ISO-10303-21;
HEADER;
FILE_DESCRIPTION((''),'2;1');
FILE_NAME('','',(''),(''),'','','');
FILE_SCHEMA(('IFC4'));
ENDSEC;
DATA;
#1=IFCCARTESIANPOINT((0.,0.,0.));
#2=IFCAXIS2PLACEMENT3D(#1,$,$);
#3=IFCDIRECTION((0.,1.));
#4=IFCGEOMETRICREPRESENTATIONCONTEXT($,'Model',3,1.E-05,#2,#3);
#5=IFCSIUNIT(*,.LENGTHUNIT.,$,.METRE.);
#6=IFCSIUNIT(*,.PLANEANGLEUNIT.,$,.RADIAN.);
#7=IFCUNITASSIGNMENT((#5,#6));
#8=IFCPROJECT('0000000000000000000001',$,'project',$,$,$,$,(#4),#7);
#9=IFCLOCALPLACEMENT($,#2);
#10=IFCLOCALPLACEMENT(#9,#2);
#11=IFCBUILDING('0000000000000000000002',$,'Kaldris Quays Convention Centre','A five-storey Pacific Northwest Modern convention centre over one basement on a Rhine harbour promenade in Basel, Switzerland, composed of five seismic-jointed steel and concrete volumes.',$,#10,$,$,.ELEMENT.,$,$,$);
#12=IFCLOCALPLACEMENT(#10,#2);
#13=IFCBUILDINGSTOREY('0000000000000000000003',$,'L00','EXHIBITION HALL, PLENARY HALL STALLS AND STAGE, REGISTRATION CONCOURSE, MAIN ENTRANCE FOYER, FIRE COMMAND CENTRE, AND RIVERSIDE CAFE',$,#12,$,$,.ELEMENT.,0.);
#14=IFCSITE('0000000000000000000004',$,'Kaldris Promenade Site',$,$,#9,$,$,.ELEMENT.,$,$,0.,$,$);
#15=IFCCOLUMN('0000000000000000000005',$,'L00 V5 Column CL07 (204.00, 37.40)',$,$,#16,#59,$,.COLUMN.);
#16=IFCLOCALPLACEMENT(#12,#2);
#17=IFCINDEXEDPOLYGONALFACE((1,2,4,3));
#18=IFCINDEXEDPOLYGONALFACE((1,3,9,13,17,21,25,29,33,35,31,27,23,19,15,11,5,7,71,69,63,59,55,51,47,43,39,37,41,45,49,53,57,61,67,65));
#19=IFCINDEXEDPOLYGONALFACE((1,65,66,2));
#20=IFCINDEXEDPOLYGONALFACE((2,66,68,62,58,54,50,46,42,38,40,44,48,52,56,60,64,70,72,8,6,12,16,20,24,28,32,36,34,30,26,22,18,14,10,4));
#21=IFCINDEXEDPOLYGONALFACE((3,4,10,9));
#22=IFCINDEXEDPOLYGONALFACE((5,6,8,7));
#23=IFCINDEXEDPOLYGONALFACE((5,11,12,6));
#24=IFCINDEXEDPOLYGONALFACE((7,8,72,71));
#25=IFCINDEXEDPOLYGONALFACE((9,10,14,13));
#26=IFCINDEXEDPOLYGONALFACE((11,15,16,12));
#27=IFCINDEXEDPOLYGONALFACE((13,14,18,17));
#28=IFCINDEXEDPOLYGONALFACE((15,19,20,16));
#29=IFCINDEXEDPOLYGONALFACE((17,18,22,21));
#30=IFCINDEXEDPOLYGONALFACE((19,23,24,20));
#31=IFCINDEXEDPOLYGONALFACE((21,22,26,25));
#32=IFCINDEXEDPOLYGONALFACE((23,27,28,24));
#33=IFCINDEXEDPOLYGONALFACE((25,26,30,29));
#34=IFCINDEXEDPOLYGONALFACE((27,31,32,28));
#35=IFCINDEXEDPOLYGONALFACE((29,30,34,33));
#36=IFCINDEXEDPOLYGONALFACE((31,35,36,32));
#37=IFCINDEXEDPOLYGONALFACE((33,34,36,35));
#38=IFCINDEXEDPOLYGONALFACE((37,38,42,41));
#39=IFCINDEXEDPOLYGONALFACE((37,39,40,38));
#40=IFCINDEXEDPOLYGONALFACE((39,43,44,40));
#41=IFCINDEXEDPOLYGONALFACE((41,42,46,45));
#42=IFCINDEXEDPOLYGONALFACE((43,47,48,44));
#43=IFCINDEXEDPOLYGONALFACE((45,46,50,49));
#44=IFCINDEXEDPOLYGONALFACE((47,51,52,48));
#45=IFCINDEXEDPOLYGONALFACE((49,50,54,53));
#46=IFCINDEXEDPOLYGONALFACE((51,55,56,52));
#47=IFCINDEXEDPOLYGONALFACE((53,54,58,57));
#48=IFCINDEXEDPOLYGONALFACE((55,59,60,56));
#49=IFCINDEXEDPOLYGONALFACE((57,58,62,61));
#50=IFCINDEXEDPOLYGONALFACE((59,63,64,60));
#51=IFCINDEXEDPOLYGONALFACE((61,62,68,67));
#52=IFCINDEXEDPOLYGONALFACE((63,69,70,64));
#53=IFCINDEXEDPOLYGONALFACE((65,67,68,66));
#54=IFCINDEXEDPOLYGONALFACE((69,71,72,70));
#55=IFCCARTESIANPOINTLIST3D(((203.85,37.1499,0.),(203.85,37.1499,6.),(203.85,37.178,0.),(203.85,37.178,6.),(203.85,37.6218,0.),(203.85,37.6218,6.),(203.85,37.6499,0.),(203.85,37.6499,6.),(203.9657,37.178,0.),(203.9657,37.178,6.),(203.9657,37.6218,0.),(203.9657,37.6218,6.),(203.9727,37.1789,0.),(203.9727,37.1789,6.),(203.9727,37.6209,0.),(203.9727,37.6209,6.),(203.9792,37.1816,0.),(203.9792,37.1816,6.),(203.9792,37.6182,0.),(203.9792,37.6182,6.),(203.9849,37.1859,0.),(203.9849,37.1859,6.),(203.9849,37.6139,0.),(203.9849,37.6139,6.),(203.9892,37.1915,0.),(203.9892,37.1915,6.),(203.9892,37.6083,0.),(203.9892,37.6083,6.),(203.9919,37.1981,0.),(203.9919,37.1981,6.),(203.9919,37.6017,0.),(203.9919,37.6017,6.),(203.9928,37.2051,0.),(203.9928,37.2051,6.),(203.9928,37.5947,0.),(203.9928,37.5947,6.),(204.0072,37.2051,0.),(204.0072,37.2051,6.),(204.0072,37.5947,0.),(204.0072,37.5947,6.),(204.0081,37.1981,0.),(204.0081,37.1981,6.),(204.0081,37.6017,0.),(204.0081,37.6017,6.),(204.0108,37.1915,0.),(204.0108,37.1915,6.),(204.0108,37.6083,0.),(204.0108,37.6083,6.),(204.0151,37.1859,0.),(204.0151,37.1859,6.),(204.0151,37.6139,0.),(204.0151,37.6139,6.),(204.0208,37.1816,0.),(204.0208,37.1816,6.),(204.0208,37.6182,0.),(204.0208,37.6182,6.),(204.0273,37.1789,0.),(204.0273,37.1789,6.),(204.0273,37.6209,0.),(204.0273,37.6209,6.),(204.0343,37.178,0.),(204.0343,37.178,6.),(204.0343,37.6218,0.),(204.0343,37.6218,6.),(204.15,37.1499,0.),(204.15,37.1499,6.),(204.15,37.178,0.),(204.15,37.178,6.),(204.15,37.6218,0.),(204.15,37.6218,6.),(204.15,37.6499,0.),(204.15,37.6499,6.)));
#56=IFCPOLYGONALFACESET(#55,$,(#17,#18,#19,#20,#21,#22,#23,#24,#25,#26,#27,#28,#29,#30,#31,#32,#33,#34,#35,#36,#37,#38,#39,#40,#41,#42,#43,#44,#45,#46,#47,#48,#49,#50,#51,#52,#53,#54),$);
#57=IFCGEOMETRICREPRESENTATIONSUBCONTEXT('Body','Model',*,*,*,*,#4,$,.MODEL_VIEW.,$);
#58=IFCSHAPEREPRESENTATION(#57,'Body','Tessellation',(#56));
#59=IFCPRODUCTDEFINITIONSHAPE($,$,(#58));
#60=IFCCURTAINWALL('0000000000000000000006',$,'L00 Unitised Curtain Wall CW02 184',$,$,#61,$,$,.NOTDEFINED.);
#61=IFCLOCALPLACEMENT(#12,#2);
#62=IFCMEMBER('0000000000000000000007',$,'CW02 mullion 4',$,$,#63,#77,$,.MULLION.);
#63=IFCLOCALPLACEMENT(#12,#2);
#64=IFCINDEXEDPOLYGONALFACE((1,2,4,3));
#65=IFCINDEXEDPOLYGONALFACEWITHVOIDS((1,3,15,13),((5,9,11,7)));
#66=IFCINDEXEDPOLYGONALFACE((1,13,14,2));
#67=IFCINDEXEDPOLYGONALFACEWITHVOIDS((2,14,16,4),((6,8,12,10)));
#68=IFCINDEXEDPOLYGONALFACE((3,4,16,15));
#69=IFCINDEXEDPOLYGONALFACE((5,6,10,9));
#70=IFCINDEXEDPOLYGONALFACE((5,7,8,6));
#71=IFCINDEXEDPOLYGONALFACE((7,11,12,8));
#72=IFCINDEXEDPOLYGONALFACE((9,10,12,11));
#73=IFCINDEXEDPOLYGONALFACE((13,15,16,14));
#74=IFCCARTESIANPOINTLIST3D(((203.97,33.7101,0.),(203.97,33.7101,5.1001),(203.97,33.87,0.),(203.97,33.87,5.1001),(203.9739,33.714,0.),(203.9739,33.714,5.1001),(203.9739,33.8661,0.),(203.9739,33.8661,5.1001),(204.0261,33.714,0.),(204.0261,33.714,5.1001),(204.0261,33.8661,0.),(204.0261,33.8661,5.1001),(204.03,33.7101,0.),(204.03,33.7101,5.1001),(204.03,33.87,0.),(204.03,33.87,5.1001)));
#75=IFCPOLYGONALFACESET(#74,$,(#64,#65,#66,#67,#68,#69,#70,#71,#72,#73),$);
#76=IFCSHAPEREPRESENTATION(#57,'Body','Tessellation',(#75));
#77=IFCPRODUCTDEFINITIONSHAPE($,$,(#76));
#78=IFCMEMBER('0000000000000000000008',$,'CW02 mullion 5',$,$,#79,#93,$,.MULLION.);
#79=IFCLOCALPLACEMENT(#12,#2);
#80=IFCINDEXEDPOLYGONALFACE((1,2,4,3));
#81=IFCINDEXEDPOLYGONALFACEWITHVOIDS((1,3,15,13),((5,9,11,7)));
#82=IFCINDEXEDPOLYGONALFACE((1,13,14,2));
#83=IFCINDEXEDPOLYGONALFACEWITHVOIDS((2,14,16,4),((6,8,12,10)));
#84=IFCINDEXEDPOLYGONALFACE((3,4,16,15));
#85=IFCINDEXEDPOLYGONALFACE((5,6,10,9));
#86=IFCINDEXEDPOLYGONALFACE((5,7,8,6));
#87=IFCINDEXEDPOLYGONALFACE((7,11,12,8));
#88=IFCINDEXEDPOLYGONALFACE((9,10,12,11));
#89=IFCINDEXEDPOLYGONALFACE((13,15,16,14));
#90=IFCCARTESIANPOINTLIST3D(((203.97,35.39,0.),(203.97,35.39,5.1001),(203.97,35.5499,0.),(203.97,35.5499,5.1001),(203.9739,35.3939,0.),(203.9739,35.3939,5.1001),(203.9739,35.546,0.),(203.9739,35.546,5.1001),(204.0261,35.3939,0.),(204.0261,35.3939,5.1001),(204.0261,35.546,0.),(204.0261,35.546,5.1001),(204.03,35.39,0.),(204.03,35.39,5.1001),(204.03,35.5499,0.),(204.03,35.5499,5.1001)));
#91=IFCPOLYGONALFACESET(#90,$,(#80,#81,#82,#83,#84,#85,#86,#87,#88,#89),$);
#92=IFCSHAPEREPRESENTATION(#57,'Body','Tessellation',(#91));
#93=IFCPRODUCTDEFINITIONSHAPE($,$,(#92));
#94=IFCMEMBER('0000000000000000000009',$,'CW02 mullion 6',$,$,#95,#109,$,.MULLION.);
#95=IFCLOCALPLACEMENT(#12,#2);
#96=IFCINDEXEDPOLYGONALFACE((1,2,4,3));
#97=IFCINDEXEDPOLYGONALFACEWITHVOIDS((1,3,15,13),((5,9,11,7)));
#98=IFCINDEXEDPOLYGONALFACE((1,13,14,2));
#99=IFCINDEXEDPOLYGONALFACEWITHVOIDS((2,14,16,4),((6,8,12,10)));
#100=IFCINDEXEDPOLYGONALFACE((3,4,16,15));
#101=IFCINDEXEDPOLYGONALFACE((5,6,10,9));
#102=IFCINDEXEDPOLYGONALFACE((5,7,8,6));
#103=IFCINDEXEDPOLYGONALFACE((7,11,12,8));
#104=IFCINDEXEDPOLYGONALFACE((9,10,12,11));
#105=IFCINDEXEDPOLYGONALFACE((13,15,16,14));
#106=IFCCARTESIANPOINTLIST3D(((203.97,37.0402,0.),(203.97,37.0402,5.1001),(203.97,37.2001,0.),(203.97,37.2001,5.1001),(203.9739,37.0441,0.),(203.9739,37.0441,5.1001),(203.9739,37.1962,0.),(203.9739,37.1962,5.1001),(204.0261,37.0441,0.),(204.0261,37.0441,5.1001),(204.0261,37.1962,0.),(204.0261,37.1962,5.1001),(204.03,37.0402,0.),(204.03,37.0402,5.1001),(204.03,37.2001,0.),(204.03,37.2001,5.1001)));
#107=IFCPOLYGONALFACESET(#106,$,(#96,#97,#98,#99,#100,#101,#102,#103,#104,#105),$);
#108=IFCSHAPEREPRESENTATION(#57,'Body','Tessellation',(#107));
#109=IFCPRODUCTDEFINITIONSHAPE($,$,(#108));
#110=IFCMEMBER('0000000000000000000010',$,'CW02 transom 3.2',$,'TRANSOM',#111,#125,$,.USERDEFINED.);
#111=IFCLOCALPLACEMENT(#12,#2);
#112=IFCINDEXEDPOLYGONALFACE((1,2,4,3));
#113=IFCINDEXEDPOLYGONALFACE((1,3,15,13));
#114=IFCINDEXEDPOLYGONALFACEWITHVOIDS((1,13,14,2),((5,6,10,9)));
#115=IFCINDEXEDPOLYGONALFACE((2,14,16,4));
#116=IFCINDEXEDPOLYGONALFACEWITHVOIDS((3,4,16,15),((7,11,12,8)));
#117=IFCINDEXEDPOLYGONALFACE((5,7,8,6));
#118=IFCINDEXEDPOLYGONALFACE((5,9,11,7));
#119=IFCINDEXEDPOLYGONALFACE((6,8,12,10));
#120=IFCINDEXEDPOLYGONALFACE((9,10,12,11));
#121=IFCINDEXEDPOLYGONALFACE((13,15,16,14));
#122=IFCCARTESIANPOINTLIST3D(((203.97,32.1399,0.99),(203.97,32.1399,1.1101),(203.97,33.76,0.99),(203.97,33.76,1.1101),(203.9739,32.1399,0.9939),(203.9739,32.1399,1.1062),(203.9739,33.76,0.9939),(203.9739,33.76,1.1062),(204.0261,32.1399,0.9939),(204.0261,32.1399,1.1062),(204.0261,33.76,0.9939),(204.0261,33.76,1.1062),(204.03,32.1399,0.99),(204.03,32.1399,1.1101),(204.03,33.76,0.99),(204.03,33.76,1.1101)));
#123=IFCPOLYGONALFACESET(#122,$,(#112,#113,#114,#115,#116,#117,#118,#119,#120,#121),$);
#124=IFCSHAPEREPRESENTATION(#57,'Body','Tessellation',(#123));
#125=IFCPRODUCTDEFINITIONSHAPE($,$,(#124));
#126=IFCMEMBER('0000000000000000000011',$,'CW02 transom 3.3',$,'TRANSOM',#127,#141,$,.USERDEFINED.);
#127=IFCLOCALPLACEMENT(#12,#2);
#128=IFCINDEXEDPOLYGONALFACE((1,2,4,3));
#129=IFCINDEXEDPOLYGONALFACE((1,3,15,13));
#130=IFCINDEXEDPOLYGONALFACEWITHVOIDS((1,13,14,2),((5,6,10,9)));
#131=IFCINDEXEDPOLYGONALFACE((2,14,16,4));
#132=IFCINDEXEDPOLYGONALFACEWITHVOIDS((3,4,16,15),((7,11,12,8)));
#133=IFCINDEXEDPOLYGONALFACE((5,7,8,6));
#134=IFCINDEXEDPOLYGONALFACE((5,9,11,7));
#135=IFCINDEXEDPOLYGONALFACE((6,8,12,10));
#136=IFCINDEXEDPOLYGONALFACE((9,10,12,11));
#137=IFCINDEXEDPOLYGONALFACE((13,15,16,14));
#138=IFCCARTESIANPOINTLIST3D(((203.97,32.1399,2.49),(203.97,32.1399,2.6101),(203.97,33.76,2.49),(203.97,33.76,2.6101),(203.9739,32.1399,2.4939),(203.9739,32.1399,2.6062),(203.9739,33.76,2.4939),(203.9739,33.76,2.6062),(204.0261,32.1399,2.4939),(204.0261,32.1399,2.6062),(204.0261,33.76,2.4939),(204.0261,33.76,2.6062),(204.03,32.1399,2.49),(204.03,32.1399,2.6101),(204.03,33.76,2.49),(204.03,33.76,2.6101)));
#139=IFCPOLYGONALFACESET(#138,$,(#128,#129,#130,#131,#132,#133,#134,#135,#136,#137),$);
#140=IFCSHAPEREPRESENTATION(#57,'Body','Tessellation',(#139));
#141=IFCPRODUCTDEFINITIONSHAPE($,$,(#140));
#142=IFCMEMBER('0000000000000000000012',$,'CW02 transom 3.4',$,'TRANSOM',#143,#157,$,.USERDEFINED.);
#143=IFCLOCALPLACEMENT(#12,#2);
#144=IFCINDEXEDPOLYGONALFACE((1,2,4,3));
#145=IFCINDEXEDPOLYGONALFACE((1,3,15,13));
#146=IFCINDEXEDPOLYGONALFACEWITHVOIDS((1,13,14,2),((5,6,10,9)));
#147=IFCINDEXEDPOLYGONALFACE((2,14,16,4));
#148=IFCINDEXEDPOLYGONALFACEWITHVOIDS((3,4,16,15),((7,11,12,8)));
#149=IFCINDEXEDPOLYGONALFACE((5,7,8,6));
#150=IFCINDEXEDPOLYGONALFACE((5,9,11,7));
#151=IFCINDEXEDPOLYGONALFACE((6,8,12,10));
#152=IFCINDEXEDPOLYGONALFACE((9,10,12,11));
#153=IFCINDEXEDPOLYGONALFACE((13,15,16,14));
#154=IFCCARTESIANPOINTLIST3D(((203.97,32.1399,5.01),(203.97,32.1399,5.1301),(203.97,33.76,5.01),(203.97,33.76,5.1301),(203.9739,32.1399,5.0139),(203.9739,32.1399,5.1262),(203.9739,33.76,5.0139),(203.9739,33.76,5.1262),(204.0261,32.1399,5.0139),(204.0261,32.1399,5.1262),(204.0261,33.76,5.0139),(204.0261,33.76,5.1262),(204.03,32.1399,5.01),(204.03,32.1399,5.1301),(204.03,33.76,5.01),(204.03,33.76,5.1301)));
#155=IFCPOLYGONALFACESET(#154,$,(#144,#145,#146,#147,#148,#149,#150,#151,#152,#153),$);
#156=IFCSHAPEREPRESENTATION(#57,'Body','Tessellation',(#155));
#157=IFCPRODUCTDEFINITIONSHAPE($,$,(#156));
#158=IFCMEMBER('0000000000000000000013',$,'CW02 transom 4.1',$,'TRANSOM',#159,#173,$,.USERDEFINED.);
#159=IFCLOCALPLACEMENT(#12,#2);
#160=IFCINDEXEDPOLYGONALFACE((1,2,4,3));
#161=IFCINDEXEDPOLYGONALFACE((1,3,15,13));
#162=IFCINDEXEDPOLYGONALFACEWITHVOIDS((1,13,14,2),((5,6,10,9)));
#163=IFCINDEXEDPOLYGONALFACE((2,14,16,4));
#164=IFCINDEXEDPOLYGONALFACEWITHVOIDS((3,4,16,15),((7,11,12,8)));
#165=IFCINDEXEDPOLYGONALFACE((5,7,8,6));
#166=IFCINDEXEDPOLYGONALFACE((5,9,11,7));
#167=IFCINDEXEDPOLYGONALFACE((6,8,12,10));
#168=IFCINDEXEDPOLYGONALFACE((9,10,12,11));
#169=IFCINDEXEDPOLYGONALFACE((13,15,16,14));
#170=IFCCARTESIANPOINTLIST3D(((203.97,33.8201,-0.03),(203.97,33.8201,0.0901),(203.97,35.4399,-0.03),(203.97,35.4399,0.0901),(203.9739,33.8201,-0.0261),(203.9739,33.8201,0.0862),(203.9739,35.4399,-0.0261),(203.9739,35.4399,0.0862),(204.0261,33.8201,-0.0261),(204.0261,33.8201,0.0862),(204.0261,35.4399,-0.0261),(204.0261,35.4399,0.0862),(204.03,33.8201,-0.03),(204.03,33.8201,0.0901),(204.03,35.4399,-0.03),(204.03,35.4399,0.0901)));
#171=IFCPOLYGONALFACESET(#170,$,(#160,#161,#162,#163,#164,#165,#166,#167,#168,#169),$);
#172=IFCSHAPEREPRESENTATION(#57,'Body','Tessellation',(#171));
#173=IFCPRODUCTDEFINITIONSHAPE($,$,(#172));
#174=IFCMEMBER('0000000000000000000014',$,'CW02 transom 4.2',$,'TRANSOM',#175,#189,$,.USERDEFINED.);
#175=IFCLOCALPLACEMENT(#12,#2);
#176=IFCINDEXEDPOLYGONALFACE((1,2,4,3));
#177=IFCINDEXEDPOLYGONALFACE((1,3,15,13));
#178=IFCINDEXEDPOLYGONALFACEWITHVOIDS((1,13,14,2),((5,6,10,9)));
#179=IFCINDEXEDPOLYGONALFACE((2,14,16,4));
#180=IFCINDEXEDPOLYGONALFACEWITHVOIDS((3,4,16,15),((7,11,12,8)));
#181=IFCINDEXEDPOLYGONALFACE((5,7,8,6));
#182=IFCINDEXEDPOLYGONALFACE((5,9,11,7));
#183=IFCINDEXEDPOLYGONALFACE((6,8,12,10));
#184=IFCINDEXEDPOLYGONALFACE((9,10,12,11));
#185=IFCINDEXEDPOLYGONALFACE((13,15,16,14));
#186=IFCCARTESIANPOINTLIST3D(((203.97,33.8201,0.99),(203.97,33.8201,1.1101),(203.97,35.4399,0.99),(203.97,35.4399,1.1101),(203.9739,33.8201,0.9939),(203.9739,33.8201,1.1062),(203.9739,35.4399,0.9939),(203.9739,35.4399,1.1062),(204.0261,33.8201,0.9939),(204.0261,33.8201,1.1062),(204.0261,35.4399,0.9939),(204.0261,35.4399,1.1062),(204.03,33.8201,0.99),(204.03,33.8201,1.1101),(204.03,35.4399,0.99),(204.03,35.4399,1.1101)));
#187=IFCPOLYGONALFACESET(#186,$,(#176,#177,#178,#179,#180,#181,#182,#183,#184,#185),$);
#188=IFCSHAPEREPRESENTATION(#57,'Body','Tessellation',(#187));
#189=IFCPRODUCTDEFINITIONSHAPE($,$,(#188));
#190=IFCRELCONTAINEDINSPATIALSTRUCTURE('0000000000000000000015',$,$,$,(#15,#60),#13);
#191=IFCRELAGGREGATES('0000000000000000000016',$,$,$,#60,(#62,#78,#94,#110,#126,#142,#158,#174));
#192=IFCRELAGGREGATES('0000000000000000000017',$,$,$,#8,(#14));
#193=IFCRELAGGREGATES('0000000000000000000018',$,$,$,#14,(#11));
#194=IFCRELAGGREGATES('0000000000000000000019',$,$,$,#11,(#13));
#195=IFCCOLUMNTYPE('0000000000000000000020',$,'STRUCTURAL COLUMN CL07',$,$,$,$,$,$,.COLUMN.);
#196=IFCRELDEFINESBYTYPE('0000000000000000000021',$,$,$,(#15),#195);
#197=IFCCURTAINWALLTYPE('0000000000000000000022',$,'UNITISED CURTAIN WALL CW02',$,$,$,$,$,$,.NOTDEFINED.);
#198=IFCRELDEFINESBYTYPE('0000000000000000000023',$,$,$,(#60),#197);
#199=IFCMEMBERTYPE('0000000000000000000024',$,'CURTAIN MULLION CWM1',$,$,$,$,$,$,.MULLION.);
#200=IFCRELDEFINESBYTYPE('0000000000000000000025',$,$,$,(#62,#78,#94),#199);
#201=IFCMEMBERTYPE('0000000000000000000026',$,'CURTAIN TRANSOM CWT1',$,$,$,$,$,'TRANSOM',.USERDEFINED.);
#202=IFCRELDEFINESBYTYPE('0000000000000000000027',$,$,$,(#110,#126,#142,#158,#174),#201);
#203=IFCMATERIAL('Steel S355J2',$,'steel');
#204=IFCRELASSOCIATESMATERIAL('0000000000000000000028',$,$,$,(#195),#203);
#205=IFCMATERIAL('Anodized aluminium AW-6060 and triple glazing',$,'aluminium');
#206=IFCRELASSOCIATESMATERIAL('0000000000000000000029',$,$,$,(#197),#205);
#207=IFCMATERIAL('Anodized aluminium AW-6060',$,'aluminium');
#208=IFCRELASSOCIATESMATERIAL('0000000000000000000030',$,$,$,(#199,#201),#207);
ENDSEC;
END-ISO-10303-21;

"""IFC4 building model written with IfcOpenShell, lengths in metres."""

from ifc_helpers import new_model, si_unit, direction, frame, origin, origin_2d, place, context, subcontext, project, spatial, hollow_rectangle, i_section, extrude, material, material_profile, profile_set, type_object, element, aggregate, save


model = new_model("IFC4")

# Units and contexts
model_context = context("Model", 3, precision=1e-05, world=origin(), true_north=direction((0.0, 1.0)))
body_context = subcontext(model_context, "Body", "Model", "MODEL_VIEW")
ifc_project = project(units=[si_unit("LENGTHUNIT", "METRE"), si_unit("PLANEANGLEUNIT", "RADIAN")], contexts=[model_context])

# Site, building, storey
site_placement = place(None, origin())
site = spatial("IfcSite", under=ifc_project, at=site_placement, Name="Kaldris Promenade Site", CompositionType="ELEMENT", RefElevation=0.0)
building_placement = place(site_placement, origin())
building = spatial("IfcBuilding", under=site, at=building_placement, Name="Kaldris Quays Convention Centre", Description="A five-storey Pacific Northwest Modern convention centre over one basement on a Rhine harbour promenade in Basel, Switzerland, composed of five seismic-jointed steel and concrete volumes.", CompositionType="ELEMENT")
storey_placement = place(building_placement, origin())
storey = spatial("IfcBuildingStorey", under=building, at=storey_placement, Name="L00", Description="EXHIBITION HALL, PLENARY HALL STALLS AND STAGE, REGISTRATION CONCOURSE, MAIN ENTRANCE FOYER, FIRE COMMAND CENTRE, AND RIVERSIDE CAFE", CompositionType="ELEMENT", Elevation=0.0)

# Column
ifc_material_1 = material(Name="Steel S355J2", Category="steel")
ifc_material_profile_1 = material_profile(ifc_material_1, i_section(OverallWidth=0.3, OverallDepth=0.5, WebThickness=0.0144, FlangeThickness=0.0281, FilletRadius=0.0271, at=origin_2d()), Name="HEB 500")
ifc_profile_set_1 = profile_set([ifc_material_profile_1], Name="Steel S355J2")
column_type = type_object("IfcColumnType", Name="STRUCTURAL COLUMN CL07", PredefinedType="COLUMN", material=ifc_profile_set_1)
column_placement = place(storey_placement, frame((204.0, 37.3999, 0.0), z_axis=(0.0, 0.0, 1.0), x_axis=(1.0, 0.0, 0.0)))
element("IfcColumn", 1, at=column_placement, inside=storey, type_object=column_type, Name="L00 V5 Column CL07 (204.00, 37.40)", PredefinedType="COLUMN", context=body_context, shape_type="SweptSolid", body=[
    extrude(i_section(OverallWidth=0.3, OverallDepth=0.5, WebThickness=0.0144, FlangeThickness=0.0281, FilletRadius=0.0271, at=origin_2d()), origin(), (0.0, 0.0, 1.0), 6.0),
])

# Curtain wall, members
ifc_material_2 = material(Name="Anodized aluminium AW-6060 and triple glazing", Category="aluminium")
curtain_wall_type = type_object("IfcCurtainWallType", Name="UNITISED CURTAIN WALL CW02", PredefinedType="NOTDEFINED", material=ifc_material_2)
curtain_wall_placement = place(storey_placement, origin())
curtain_wall = element("IfcCurtainWall", 2, at=curtain_wall_placement, inside=storey, type_object=curtain_wall_type, Name="L00 Unitised Curtain Wall CW02 184", PredefinedType="NOTDEFINED")
ifc_material_3 = material(Name="Anodized aluminium AW-6060", Category="aluminium")
ifc_material_profile_2 = material_profile(ifc_material_3, hollow_rectangle(XDim=0.0601, YDim=0.1599, WallThickness=0.0039, at=origin_2d()), Name="RHS 160x60x4")
ifc_profile_set_2 = profile_set([ifc_material_profile_2], Name="Anodized aluminium AW-6060")
member_type_1 = type_object("IfcMemberType", Name="CURTAIN MULLION CWM1", PredefinedType="MULLION", material=ifc_profile_set_2)
member_1_placement = place(storey_placement, frame((204.0, 33.79, 0.0), z_axis=(0.0, 0.0, 1.0), x_axis=(-1.0, 0.0, 0.0)))
member_1 = element("IfcMember", 3, at=member_1_placement, type_object=member_type_1, Name="CW02 mullion 4", PredefinedType="MULLION", context=body_context, shape_type="SweptSolid", body=[
    extrude(hollow_rectangle(XDim=0.0601, YDim=0.1599, WallThickness=0.0039, at=origin_2d()), origin(), (0.0, 0.0, 1.0), 5.1001),
])
member_2_placement = place(storey_placement, frame((204.0, 35.47, 0.0), z_axis=(0.0, 0.0, 1.0), x_axis=(-1.0, 0.0, 0.0)))
member_2 = element("IfcMember", 4, at=member_2_placement, type_object=member_type_1, Name="CW02 mullion 5", PredefinedType="MULLION", context=body_context, shape_type="SweptSolid", body=[
    extrude(hollow_rectangle(XDim=0.0601, YDim=0.1599, WallThickness=0.0039, at=origin_2d()), origin(), (0.0, 0.0, 1.0), 5.1001),
])
member_3_placement = place(storey_placement, frame((204.0, 37.1201, 0.0), z_axis=(0.0, 0.0, 1.0), x_axis=(-1.0, 0.0, 0.0)))
member_3 = element("IfcMember", 5, at=member_3_placement, type_object=member_type_1, Name="CW02 mullion 6", PredefinedType="MULLION", context=body_context, shape_type="SweptSolid", body=[
    extrude(hollow_rectangle(XDim=0.0601, YDim=0.1599, WallThickness=0.0039, at=origin_2d()), origin(), (0.0, 0.0, 1.0), 5.1001),
])
ifc_material_profile_3 = material_profile(ifc_material_3, hollow_rectangle(XDim=0.0601, YDim=0.1201, WallThickness=0.0039, at=origin_2d()), Name="RHS 120x60x4")
ifc_profile_set_3 = profile_set([ifc_material_profile_3], Name="Anodized aluminium AW-6060")
member_type_2 = type_object("IfcMemberType", Name="CURTAIN TRANSOM CWT1", ElementType="TRANSOM", PredefinedType="USERDEFINED", material=ifc_profile_set_3)
member_4_placement = place(storey_placement, frame((204.0, 32.1399, 1.05), z_axis=(0.0, 1.0, 0.0), x_axis=(-1.0, 0.0, 0.0)))
member_4 = element("IfcMember", 6, at=member_4_placement, type_object=member_type_2, Name="CW02 transom 3.2", ObjectType="TRANSOM", PredefinedType="USERDEFINED", context=body_context, shape_type="SweptSolid", body=[
    extrude(hollow_rectangle(XDim=0.0601, YDim=0.1201, WallThickness=0.0039, at=origin_2d()), origin(), (0.0, 0.0, 1.0), 1.6201),
])
member_5_placement = place(storey_placement, frame((204.0, 32.1399, 2.55), z_axis=(0.0, 1.0, 0.0), x_axis=(-1.0, 0.0, 0.0)))
member_5 = element("IfcMember", 7, at=member_5_placement, type_object=member_type_2, Name="CW02 transom 3.3", ObjectType="TRANSOM", PredefinedType="USERDEFINED", context=body_context, shape_type="SweptSolid", body=[
    extrude(hollow_rectangle(XDim=0.0601, YDim=0.1201, WallThickness=0.0039, at=origin_2d()), origin(), (0.0, 0.0, 1.0), 1.6201),
])
member_6_placement = place(storey_placement, frame((204.0, 32.1399, 5.0701), z_axis=(0.0, 1.0, 0.0), x_axis=(-1.0, 0.0, 0.0)))
member_6 = element("IfcMember", 8, at=member_6_placement, type_object=member_type_2, Name="CW02 transom 3.4", ObjectType="TRANSOM", PredefinedType="USERDEFINED", context=body_context, shape_type="SweptSolid", body=[
    extrude(hollow_rectangle(XDim=0.0601, YDim=0.1201, WallThickness=0.0039, at=origin_2d()), origin(), (0.0, 0.0, 1.0), 1.6201),
])
member_7_placement = place(storey_placement, frame((204.0, 33.8201, 0.03), z_axis=(0.0, 1.0, 0.0), x_axis=(-1.0, 0.0, 0.0)))
member_7 = element("IfcMember", 9, at=member_7_placement, type_object=member_type_2, Name="CW02 transom 4.1", ObjectType="TRANSOM", PredefinedType="USERDEFINED", context=body_context, shape_type="SweptSolid", body=[
    extrude(hollow_rectangle(XDim=0.0601, YDim=0.1201, WallThickness=0.0039, at=origin_2d()), origin(), (0.0, 0.0, 1.0), 1.6199),
])
member_8_placement = place(storey_placement, frame((204.0, 33.8201, 1.05), z_axis=(0.0, 1.0, 0.0), x_axis=(-1.0, 0.0, 0.0)))
member_8 = element("IfcMember", 10, at=member_8_placement, type_object=member_type_2, Name="CW02 transom 4.2", ObjectType="TRANSOM", PredefinedType="USERDEFINED", context=body_context, shape_type="SweptSolid", body=[
    extrude(hollow_rectangle(XDim=0.0601, YDim=0.1201, WallThickness=0.0039, at=origin_2d()), origin(), (0.0, 0.0, 1.0), 1.6199),
])
aggregate(curtain_wall, [member_1, member_2, member_3, member_4, member_5, member_6, member_7, member_8])

save(model, "model.ifc")
